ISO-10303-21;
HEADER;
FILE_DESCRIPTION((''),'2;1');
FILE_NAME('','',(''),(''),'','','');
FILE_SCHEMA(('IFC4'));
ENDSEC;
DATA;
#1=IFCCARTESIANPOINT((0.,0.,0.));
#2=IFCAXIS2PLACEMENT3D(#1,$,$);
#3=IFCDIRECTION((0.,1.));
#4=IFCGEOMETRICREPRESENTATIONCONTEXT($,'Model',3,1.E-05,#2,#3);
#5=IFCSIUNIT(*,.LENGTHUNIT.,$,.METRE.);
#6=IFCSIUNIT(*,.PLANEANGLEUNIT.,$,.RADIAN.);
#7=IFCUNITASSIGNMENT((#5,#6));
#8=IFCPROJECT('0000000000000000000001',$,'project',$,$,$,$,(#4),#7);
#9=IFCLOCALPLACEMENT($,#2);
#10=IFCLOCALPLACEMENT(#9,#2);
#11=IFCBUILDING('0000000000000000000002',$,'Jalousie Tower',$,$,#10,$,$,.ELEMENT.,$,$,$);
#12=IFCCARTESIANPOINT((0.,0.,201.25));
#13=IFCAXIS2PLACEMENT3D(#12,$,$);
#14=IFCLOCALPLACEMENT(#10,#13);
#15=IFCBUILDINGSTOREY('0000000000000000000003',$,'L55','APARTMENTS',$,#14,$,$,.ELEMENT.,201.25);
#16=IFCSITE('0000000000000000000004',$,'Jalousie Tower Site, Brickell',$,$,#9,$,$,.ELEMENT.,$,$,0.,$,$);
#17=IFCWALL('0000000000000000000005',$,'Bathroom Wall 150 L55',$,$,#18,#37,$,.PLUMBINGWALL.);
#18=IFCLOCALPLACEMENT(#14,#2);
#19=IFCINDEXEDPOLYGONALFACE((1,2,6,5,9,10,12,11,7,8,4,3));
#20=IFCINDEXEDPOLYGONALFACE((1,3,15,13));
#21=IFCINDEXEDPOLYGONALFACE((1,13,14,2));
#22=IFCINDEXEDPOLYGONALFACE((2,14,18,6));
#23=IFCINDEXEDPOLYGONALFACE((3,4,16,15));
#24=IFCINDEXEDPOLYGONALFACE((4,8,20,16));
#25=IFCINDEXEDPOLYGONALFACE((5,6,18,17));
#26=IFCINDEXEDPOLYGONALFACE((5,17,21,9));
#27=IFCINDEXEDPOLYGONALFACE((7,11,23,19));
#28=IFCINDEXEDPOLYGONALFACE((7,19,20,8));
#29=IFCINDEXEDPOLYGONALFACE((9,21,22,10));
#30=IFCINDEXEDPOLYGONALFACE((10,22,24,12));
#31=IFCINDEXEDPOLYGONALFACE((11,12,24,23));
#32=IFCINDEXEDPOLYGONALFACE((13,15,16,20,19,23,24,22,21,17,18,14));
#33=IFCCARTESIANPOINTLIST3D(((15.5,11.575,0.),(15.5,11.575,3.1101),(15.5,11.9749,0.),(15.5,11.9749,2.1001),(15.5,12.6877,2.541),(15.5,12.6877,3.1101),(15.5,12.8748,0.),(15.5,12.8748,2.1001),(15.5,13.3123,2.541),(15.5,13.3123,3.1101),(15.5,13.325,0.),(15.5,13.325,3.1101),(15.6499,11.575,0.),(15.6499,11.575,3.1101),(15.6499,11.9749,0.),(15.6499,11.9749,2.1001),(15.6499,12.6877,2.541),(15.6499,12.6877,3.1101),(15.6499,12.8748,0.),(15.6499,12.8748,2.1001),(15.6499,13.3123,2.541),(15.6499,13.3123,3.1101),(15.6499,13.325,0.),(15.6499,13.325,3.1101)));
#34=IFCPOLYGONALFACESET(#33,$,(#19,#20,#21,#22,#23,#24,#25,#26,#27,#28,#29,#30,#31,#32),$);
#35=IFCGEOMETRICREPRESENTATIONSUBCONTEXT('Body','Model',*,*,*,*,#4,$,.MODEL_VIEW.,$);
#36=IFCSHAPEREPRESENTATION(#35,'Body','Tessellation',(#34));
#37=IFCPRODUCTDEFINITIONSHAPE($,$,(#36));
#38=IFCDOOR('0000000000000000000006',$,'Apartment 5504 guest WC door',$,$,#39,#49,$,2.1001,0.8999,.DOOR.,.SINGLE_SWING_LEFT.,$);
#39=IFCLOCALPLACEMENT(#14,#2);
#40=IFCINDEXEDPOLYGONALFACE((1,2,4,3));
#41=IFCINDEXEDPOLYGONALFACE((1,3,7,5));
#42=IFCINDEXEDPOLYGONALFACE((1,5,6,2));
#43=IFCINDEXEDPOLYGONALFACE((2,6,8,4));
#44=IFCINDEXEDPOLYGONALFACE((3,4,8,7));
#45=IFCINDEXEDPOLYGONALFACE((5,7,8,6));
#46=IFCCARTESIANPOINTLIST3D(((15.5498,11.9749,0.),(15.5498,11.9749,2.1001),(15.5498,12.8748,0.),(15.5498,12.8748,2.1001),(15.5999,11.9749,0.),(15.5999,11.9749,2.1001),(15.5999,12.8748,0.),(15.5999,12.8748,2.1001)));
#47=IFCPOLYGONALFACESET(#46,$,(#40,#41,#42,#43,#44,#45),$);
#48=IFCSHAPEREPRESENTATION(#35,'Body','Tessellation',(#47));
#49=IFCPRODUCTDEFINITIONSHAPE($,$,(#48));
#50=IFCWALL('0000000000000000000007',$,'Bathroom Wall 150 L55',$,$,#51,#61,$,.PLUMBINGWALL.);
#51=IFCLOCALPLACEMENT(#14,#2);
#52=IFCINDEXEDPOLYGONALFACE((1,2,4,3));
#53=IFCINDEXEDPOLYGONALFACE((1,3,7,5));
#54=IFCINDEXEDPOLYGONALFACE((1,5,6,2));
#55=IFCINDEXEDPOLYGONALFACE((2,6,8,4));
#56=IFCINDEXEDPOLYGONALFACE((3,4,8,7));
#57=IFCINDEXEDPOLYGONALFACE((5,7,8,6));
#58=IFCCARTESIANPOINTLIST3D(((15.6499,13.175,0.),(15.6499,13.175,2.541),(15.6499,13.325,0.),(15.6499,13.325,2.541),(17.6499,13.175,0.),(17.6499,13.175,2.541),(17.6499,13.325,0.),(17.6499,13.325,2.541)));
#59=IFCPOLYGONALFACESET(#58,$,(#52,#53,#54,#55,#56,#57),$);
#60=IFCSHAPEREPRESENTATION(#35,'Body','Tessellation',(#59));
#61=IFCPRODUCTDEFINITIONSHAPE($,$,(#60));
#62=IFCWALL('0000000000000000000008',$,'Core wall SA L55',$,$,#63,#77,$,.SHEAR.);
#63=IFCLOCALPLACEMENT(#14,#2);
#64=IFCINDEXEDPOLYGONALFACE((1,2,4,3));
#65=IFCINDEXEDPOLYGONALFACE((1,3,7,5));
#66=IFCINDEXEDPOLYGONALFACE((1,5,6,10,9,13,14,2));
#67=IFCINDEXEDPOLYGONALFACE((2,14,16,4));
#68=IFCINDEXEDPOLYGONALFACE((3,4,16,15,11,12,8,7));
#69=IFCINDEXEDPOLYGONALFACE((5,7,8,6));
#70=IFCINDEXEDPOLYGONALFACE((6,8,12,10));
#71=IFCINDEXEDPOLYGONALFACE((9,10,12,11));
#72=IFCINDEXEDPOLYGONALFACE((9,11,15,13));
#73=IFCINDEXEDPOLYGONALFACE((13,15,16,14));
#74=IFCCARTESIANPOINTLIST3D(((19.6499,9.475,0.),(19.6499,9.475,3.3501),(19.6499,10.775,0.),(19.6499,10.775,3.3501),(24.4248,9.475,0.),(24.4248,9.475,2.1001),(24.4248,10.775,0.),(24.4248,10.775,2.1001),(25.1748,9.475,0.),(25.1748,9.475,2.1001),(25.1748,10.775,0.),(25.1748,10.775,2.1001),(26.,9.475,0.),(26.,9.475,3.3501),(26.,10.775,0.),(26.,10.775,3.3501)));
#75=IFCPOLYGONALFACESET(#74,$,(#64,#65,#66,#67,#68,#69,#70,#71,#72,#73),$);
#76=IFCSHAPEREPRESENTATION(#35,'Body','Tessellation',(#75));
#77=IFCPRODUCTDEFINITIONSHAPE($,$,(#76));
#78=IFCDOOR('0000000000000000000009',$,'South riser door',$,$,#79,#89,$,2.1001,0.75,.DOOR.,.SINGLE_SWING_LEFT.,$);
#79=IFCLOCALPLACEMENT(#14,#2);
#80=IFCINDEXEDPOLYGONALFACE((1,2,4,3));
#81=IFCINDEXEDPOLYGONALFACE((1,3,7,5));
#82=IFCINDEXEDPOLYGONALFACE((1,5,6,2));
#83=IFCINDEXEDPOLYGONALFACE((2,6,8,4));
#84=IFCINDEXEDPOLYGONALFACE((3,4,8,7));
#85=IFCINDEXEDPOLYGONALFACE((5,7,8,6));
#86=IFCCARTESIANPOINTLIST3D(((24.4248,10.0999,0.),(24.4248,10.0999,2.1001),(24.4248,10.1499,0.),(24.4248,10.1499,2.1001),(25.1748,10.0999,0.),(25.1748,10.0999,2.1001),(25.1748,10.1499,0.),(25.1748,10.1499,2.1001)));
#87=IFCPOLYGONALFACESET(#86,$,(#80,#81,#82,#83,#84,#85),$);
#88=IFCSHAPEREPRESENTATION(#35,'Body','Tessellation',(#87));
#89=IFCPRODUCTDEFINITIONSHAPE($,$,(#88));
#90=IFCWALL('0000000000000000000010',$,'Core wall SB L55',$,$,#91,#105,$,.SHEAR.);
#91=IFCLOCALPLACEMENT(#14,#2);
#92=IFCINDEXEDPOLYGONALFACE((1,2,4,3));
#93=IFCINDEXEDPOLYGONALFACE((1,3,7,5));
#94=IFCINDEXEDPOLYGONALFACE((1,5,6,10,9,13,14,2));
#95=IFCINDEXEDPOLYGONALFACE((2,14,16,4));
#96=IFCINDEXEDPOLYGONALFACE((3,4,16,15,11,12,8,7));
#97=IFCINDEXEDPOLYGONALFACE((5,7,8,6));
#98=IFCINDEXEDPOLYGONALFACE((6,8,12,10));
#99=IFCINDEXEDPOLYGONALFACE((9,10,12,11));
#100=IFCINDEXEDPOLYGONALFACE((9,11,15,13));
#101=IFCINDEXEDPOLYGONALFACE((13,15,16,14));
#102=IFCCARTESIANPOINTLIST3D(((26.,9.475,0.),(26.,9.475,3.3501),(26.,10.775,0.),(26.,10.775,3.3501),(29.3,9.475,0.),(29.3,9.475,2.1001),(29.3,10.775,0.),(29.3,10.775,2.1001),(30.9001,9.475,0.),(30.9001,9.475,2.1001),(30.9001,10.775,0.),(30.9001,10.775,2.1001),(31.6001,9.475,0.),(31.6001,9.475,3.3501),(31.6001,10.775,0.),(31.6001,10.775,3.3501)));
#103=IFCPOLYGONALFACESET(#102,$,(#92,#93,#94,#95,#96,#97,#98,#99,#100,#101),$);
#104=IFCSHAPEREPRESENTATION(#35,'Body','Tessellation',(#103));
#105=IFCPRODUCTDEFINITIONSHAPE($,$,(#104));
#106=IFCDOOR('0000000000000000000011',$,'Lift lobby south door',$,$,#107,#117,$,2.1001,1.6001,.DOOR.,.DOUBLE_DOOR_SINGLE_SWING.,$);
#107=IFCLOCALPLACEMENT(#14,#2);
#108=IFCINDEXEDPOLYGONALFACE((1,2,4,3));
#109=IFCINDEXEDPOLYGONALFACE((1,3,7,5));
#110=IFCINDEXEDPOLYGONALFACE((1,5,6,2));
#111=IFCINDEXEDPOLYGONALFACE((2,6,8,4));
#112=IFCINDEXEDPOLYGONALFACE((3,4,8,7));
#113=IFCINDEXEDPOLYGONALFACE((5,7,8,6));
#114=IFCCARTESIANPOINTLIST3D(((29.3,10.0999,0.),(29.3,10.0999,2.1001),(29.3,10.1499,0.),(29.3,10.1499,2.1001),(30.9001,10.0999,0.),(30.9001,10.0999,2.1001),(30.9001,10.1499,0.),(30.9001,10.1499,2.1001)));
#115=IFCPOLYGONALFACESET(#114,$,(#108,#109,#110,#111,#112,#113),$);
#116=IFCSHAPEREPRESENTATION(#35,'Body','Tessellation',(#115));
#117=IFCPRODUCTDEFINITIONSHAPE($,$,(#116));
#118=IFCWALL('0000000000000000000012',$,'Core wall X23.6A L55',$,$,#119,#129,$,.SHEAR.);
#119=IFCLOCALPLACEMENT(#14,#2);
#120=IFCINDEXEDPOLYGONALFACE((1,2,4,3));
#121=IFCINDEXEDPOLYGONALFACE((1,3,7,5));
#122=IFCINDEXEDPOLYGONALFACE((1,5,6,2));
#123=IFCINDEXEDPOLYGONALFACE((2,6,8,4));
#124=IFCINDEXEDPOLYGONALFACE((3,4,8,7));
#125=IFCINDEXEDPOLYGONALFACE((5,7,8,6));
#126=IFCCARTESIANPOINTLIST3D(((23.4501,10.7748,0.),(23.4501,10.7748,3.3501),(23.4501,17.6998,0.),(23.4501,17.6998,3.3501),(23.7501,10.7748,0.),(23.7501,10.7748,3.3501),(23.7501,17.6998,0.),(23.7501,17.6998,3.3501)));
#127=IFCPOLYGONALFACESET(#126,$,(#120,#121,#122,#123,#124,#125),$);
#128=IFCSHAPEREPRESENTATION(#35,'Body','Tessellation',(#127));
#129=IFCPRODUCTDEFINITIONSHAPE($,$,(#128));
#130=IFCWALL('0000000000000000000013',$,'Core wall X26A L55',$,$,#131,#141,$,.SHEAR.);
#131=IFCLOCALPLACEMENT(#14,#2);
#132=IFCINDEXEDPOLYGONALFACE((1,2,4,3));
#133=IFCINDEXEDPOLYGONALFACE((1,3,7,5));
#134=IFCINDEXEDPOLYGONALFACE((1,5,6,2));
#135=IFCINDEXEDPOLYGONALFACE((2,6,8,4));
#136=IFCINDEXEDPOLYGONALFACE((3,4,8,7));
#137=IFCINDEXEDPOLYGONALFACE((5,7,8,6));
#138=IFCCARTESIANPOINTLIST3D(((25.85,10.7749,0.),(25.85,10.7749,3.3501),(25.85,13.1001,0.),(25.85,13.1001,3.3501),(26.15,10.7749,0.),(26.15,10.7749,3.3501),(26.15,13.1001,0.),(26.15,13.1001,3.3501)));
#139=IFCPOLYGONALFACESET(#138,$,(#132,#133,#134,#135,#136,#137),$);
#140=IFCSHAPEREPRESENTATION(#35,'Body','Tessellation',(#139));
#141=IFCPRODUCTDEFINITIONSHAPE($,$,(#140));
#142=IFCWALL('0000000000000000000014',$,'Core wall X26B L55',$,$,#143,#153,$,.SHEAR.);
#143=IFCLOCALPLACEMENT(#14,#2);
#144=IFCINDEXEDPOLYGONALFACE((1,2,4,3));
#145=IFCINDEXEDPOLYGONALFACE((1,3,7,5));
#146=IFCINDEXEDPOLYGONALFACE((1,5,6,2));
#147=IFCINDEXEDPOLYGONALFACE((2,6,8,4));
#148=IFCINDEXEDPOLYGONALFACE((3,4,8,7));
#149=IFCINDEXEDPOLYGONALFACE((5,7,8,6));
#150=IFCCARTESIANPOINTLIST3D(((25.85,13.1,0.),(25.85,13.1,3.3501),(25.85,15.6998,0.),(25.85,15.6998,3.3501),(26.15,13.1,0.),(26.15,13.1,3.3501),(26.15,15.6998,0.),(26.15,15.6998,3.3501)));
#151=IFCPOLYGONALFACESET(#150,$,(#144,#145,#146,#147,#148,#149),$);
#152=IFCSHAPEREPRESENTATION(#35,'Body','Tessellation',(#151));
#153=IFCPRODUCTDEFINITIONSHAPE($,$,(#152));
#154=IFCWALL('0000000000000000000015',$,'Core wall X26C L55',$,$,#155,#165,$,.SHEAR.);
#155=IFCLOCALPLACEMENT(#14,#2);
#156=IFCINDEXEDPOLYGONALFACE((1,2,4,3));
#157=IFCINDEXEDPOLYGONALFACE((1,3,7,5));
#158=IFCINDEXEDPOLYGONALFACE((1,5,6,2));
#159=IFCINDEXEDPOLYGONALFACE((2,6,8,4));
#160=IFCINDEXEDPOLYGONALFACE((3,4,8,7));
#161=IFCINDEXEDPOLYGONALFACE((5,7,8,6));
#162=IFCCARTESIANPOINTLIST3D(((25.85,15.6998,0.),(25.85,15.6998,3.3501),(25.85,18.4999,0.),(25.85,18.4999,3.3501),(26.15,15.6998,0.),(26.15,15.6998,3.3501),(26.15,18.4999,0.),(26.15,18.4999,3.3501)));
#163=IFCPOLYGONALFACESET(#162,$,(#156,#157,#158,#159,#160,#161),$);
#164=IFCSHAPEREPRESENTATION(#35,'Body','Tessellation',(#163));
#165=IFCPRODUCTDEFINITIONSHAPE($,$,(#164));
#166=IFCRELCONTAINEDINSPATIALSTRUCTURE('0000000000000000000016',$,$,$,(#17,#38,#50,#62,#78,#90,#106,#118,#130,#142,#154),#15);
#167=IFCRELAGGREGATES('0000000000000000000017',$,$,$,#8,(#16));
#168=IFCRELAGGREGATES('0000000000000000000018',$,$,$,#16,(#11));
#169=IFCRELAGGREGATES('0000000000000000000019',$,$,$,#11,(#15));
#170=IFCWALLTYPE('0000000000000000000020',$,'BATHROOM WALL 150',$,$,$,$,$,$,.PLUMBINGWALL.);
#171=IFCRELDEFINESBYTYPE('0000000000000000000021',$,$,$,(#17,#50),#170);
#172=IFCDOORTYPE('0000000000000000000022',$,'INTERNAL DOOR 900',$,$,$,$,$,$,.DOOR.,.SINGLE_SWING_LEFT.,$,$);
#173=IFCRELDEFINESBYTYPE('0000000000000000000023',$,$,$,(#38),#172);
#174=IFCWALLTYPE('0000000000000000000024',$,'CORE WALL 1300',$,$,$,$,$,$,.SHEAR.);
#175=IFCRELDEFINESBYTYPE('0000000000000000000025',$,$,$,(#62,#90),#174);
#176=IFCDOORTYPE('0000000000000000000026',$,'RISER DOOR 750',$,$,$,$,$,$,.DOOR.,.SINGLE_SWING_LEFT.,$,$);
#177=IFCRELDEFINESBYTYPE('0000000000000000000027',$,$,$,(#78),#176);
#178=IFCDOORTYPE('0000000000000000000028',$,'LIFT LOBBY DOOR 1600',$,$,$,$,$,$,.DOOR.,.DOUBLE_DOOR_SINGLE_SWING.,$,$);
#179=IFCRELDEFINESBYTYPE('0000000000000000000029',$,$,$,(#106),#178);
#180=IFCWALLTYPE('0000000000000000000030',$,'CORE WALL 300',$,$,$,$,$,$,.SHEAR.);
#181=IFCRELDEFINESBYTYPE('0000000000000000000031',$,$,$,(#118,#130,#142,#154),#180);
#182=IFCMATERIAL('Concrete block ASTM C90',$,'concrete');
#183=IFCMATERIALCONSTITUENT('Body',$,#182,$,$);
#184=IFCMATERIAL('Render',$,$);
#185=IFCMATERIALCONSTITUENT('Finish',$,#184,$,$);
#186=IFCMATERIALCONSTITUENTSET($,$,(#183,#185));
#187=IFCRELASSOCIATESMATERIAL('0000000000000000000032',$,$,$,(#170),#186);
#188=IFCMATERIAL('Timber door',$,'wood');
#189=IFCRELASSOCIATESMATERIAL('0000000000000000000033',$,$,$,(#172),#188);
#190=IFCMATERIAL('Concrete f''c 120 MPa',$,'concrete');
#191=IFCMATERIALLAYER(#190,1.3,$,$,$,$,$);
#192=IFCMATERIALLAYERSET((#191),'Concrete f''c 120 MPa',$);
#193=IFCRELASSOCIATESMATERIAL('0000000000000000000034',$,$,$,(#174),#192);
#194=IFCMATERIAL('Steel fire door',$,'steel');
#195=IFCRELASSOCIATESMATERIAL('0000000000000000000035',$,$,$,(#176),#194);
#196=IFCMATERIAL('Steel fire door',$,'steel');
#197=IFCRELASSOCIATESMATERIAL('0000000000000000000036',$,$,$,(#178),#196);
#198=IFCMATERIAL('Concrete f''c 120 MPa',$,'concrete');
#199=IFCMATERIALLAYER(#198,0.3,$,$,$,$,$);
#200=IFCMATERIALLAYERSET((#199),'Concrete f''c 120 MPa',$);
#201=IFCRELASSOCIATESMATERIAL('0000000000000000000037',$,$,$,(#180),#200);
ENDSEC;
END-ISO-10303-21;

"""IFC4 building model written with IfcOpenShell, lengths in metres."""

from ifc_helpers import new_model, si_unit, direction, frame, frame_2d, origin, place, context, subcontext, project, spatial, polyline, rectangle, outline, extrude, material, layer, layer_set, constituent, constituent_set, type_object, element, fill, save


model = new_model("IFC4")

# Units and contexts
model_context = context("Model", 3, precision=1e-05, world=origin(), true_north=direction((0.0, 1.0)))
body_context = subcontext(model_context, "Body", "Model", "MODEL_VIEW")
ifc_project = project(units=[si_unit("LENGTHUNIT", "METRE"), si_unit("PLANEANGLEUNIT", "RADIAN")], contexts=[model_context])

# Site, building, storey
site_placement = place(None, origin())
site = spatial("IfcSite", under=ifc_project, at=site_placement, Name="Jalousie Tower Site, Brickell", CompositionType="ELEMENT", RefElevation=0.0)
building_placement = place(site_placement, origin())
building = spatial("IfcBuilding", under=site, at=building_placement, Name="Jalousie Tower", CompositionType="ELEMENT")
storey_placement = place(building_placement, frame((0.0, 0.0, 201.25)))
storey = spatial("IfcBuildingStorey", under=building, at=storey_placement, Name="L55", Description="APARTMENTS", CompositionType="ELEMENT", Elevation=201.25)

# Wall, opening, door
ifc_material_1 = material(Name="Concrete block ASTM C90", Category="concrete")
ifc_constituent_1 = constituent(ifc_material_1, Name="Body")
ifc_material_2 = material(Name="Render")
ifc_constituent_2 = constituent(ifc_material_2, Name="Finish")
ifc_constituent_set_1 = constituent_set(constituents=[ifc_constituent_1, ifc_constituent_2])
wall_type_1 = type_object("IfcWallType", Name="BATHROOM WALL 150", PredefinedType="PLUMBINGWALL", material=ifc_constituent_set_1)
wall_1_placement = place(storey_placement, frame((15.575, 11.575, 0.0), z_axis=(0.0, 0.0, 1.0), x_axis=(0.0, 1.0, 0.0)))
wall_1 = element("IfcWall", 1, at=wall_1_placement, inside=storey, type_object=wall_type_1, Name="Bathroom Wall 150 L55", PredefinedType="PLUMBINGWALL", context=body_context, shape_type="SweptSolid", body=[
    extrude(outline(polyline([(0.0, 0.0), (1.75, 0.0), (1.75, 3.1101), (1.7373, 3.1101), (1.7373, 2.541), (1.1128, 2.541), (1.1128, 3.1101), (0.0, 3.1101), (0.0, 0.0)])), frame((0.0, 0.075, 0.0), z_axis=(0.0, -1.0, 0.0), x_axis=(1.0, 0.0, 0.0)), (0.0, 0.0, 1.0), 0.1499),
])
opening_1_placement = place(wall_1_placement, frame((0.3999, 0.0, 0.0)))
opening_1 = element("IfcOpeningElement", 2, at=opening_1_placement, cuts=wall_1, PredefinedType="OPENING", context=body_context, shape_type="SweptSolid", body=[
    extrude(rectangle(XDim=0.8999, YDim=2.1001, at=frame_2d((0.45, 1.05))), frame((0.0, 0.085, 0.0), z_axis=(0.0, -1.0, 0.0), x_axis=(1.0, 0.0, 0.0)), (0.0, 0.0, 1.0), 0.1699),
])
ifc_material_3 = material(Name="Timber door", Category="wood")
door_type_1 = type_object("IfcDoorType", Name="INTERNAL DOOR 900", OperationType="SINGLE_SWING_LEFT", PredefinedType="DOOR", material=ifc_material_3)
door_1_placement = place(opening_1_placement, frame((0.8999, 0.0, 0.0), z_axis=(0.0, 0.0, 1.0), x_axis=(-1.0, 0.0, 0.0)))
door_1 = element("IfcDoor", 3, at=door_1_placement, inside=storey, type_object=door_type_1, Name="Apartment 5504 guest WC door", OperationType="SINGLE_SWING_LEFT", OverallHeight=2.1001, OverallWidth=0.8999, PredefinedType="DOOR", context=body_context, shape_type="SweptSolid", body=[
    extrude(rectangle(XDim=0.8999, YDim=2.1001, at=frame_2d((0.45, 1.05))), frame((0.0, 0.0249, 0.0), z_axis=(0.0, -1.0, 0.0), x_axis=(1.0, 0.0, 0.0)), (0.0, 0.0, 1.0), 0.05),
])
fill(opening_1, door_1)

# Wall
wall_2_placement = place(storey_placement, frame((17.6499, 13.25, 0.0), z_axis=(0.0, 0.0, 1.0), x_axis=(-1.0, 0.0, 0.0)))
element("IfcWall", 4, at=wall_2_placement, inside=storey, type_object=wall_type_1, Name="Bathroom Wall 150 L55", PredefinedType="PLUMBINGWALL", context=body_context, shape_type="SweptSolid", body=[
    extrude(outline(polyline([(0.0, 0.0), (2.0, 0.0), (2.0, 3.1101), (2.0, 2.541), (0.0, 2.541), (0.0, 3.1101), (0.0, 0.0)])), frame((0.0, 0.075, 0.0), z_axis=(0.0, -1.0, 0.0), x_axis=(1.0, 0.0, 0.0)), (0.0, 0.0, 1.0), 0.1499),
])

# Walls, openings, doors
ifc_material_4 = material(Name="Concrete f'c 120 MPa", Category="concrete")
ifc_layer_1 = layer(ifc_material_4, 1.3)
ifc_layer_set_1 = layer_set([ifc_layer_1], Name="Concrete f'c 120 MPa")
wall_type_2 = type_object("IfcWallType", Name="CORE WALL 1300", PredefinedType="SHEAR", material=ifc_layer_set_1)
wall_3_placement = place(storey_placement, frame((19.6499, 10.125, 0.0), z_axis=(0.0, 0.0, 1.0), x_axis=(1.0, 0.0, 0.0)))
wall_3 = element("IfcWall", 5, at=wall_3_placement, inside=storey, type_object=wall_type_2, Name="Core wall SA L55", PredefinedType="SHEAR", context=body_context, shape_type="SweptSolid", body=[
    extrude(rectangle(XDim=6.3501, YDim=1.3, at=frame_2d((3.175, 0.0))), origin(), (0.0, 0.0, 1.0), 3.3501),
])
opening_2_placement = place(wall_3_placement, frame((4.7749, 0.0, 0.0)))
opening_2 = element("IfcOpeningElement", 6, at=opening_2_placement, cuts=wall_3, PredefinedType="OPENING", context=body_context, shape_type="SweptSolid", body=[
    extrude(rectangle(XDim=0.75, YDim=2.1001, at=frame_2d((0.375, 1.05))), frame((0.0, 0.6599, 0.0), z_axis=(0.0, -1.0, 0.0), x_axis=(1.0, 0.0, 0.0)), (0.0, 0.0, 1.0), 1.3201),
])
ifc_material_5 = material(Name="Steel fire door", Category="steel")
door_type_2 = type_object("IfcDoorType", Name="RISER DOOR 750", OperationType="SINGLE_SWING_LEFT", PredefinedType="DOOR", material=ifc_material_5)
door_2_placement = place(opening_2_placement, origin())
door_2 = element("IfcDoor", 7, at=door_2_placement, inside=storey, type_object=door_type_2, Name="South riser door", OperationType="SINGLE_SWING_LEFT", OverallHeight=2.1001, OverallWidth=0.75, PredefinedType="DOOR", context=body_context, shape_type="SweptSolid", body=[
    extrude(rectangle(XDim=0.75, YDim=2.1001, at=frame_2d((0.375, 1.05))), frame((0.0, 0.0249, 0.0), z_axis=(0.0, -1.0, 0.0), x_axis=(1.0, 0.0, 0.0)), (0.0, 0.0, 1.0), 0.05),
])
fill(opening_2, door_2)
wall_4_placement = place(storey_placement, frame((26.0, 10.125, 0.0), z_axis=(0.0, 0.0, 1.0), x_axis=(1.0, 0.0, 0.0)))
wall_4 = element("IfcWall", 8, at=wall_4_placement, inside=storey, type_object=wall_type_2, Name="Core wall SB L55", PredefinedType="SHEAR", context=body_context, shape_type="SweptSolid", body=[
    extrude(rectangle(XDim=5.6001, YDim=1.3, at=frame_2d((2.8, 0.0))), origin(), (0.0, 0.0, 1.0), 3.3501),
])
opening_3_placement = place(wall_4_placement, frame((3.3, 0.0, 0.0)))
opening_3 = element("IfcOpeningElement", 9, at=opening_3_placement, cuts=wall_4, PredefinedType="OPENING", context=body_context, shape_type="SweptSolid", body=[
    extrude(rectangle(XDim=1.6001, YDim=2.1001, at=frame_2d((0.8, 1.05))), frame((0.0, 0.6599, 0.0), z_axis=(0.0, -1.0, 0.0), x_axis=(1.0, 0.0, 0.0)), (0.0, 0.0, 1.0), 1.3201),
])
ifc_material_6 = material(Name="Steel fire door", Category="steel")
door_type_3 = type_object("IfcDoorType", Name="LIFT LOBBY DOOR 1600", OperationType="DOUBLE_DOOR_SINGLE_SWING", PredefinedType="DOOR", material=ifc_material_6)
door_3_placement = place(opening_3_placement, origin())
door_3 = element("IfcDoor", 10, at=door_3_placement, inside=storey, type_object=door_type_3, Name="Lift lobby south door", OperationType="DOUBLE_DOOR_SINGLE_SWING", OverallHeight=2.1001, OverallWidth=1.6001, PredefinedType="DOOR", context=body_context, shape_type="SweptSolid", body=[
    extrude(rectangle(XDim=1.6001, YDim=2.1001, at=frame_2d((0.8, 1.05))), frame((0.0, 0.0249, 0.0), z_axis=(0.0, -1.0, 0.0), x_axis=(1.0, 0.0, 0.0)), (0.0, 0.0, 1.0), 0.05),
])
fill(opening_3, door_3)

# Walls
ifc_material_7 = material(Name="Concrete f'c 120 MPa", Category="concrete")
ifc_layer_2 = layer(ifc_material_7, 0.3)
ifc_layer_set_2 = layer_set([ifc_layer_2], Name="Concrete f'c 120 MPa")
wall_type_3 = type_object("IfcWallType", Name="CORE WALL 300", PredefinedType="SHEAR", material=ifc_layer_set_2)
wall_5_placement = place(storey_placement, frame((23.6001, 10.7749, 0.0), z_axis=(0.0, 0.0, 1.0), x_axis=(0.0, 1.0, 0.0)))
element("IfcWall", 11, at=wall_5_placement, inside=storey, type_object=wall_type_3, Name="Core wall X23.6A L55", PredefinedType="SHEAR", context=body_context, shape_type="SweptSolid", body=[
    extrude(rectangle(XDim=6.925, YDim=0.3, at=frame_2d((3.4624, 0.0))), origin(), (0.0, 0.0, 1.0), 3.3501),
])
wall_6_placement = place(storey_placement, frame((26.0, 10.7749, 0.0), z_axis=(0.0, 0.0, 1.0), x_axis=(0.0, 1.0, 0.0)))
element("IfcWall", 12, at=wall_6_placement, inside=storey, type_object=wall_type_3, Name="Core wall X26A L55", PredefinedType="SHEAR", context=body_context, shape_type="SweptSolid", body=[
    extrude(rectangle(XDim=2.3252, YDim=0.3, at=frame_2d((1.1626, 0.0))), origin(), (0.0, 0.0, 1.0), 3.3501),
])
wall_7_placement = place(storey_placement, frame((26.0, 13.1001, 0.0), z_axis=(0.0, 0.0, 1.0), x_axis=(0.0, 1.0, 0.0)))
element("IfcWall", 13, at=wall_7_placement, inside=storey, type_object=wall_type_3, Name="Core wall X26B L55", PredefinedType="SHEAR", context=body_context, shape_type="SweptSolid", body=[
    extrude(rectangle(XDim=2.5999, YDim=0.3, at=frame_2d((1.2998, 0.0))), origin(), (0.0, 0.0, 1.0), 3.3501),
])
wall_8_placement = place(storey_placement, frame((26.0, 15.7, 0.0), z_axis=(0.0, 0.0, 1.0), x_axis=(0.0, 1.0, 0.0)))
element("IfcWall", 14, at=wall_8_placement, inside=storey, type_object=wall_type_3, Name="Core wall X26C L55", PredefinedType="SHEAR", context=body_context, shape_type="SweptSolid", body=[
    extrude(rectangle(XDim=2.8, YDim=0.3, at=frame_2d((1.3999, 0.0))), origin(), (0.0, 0.0, 1.0), 3.3501),
])

save(model, "model.ifc")
